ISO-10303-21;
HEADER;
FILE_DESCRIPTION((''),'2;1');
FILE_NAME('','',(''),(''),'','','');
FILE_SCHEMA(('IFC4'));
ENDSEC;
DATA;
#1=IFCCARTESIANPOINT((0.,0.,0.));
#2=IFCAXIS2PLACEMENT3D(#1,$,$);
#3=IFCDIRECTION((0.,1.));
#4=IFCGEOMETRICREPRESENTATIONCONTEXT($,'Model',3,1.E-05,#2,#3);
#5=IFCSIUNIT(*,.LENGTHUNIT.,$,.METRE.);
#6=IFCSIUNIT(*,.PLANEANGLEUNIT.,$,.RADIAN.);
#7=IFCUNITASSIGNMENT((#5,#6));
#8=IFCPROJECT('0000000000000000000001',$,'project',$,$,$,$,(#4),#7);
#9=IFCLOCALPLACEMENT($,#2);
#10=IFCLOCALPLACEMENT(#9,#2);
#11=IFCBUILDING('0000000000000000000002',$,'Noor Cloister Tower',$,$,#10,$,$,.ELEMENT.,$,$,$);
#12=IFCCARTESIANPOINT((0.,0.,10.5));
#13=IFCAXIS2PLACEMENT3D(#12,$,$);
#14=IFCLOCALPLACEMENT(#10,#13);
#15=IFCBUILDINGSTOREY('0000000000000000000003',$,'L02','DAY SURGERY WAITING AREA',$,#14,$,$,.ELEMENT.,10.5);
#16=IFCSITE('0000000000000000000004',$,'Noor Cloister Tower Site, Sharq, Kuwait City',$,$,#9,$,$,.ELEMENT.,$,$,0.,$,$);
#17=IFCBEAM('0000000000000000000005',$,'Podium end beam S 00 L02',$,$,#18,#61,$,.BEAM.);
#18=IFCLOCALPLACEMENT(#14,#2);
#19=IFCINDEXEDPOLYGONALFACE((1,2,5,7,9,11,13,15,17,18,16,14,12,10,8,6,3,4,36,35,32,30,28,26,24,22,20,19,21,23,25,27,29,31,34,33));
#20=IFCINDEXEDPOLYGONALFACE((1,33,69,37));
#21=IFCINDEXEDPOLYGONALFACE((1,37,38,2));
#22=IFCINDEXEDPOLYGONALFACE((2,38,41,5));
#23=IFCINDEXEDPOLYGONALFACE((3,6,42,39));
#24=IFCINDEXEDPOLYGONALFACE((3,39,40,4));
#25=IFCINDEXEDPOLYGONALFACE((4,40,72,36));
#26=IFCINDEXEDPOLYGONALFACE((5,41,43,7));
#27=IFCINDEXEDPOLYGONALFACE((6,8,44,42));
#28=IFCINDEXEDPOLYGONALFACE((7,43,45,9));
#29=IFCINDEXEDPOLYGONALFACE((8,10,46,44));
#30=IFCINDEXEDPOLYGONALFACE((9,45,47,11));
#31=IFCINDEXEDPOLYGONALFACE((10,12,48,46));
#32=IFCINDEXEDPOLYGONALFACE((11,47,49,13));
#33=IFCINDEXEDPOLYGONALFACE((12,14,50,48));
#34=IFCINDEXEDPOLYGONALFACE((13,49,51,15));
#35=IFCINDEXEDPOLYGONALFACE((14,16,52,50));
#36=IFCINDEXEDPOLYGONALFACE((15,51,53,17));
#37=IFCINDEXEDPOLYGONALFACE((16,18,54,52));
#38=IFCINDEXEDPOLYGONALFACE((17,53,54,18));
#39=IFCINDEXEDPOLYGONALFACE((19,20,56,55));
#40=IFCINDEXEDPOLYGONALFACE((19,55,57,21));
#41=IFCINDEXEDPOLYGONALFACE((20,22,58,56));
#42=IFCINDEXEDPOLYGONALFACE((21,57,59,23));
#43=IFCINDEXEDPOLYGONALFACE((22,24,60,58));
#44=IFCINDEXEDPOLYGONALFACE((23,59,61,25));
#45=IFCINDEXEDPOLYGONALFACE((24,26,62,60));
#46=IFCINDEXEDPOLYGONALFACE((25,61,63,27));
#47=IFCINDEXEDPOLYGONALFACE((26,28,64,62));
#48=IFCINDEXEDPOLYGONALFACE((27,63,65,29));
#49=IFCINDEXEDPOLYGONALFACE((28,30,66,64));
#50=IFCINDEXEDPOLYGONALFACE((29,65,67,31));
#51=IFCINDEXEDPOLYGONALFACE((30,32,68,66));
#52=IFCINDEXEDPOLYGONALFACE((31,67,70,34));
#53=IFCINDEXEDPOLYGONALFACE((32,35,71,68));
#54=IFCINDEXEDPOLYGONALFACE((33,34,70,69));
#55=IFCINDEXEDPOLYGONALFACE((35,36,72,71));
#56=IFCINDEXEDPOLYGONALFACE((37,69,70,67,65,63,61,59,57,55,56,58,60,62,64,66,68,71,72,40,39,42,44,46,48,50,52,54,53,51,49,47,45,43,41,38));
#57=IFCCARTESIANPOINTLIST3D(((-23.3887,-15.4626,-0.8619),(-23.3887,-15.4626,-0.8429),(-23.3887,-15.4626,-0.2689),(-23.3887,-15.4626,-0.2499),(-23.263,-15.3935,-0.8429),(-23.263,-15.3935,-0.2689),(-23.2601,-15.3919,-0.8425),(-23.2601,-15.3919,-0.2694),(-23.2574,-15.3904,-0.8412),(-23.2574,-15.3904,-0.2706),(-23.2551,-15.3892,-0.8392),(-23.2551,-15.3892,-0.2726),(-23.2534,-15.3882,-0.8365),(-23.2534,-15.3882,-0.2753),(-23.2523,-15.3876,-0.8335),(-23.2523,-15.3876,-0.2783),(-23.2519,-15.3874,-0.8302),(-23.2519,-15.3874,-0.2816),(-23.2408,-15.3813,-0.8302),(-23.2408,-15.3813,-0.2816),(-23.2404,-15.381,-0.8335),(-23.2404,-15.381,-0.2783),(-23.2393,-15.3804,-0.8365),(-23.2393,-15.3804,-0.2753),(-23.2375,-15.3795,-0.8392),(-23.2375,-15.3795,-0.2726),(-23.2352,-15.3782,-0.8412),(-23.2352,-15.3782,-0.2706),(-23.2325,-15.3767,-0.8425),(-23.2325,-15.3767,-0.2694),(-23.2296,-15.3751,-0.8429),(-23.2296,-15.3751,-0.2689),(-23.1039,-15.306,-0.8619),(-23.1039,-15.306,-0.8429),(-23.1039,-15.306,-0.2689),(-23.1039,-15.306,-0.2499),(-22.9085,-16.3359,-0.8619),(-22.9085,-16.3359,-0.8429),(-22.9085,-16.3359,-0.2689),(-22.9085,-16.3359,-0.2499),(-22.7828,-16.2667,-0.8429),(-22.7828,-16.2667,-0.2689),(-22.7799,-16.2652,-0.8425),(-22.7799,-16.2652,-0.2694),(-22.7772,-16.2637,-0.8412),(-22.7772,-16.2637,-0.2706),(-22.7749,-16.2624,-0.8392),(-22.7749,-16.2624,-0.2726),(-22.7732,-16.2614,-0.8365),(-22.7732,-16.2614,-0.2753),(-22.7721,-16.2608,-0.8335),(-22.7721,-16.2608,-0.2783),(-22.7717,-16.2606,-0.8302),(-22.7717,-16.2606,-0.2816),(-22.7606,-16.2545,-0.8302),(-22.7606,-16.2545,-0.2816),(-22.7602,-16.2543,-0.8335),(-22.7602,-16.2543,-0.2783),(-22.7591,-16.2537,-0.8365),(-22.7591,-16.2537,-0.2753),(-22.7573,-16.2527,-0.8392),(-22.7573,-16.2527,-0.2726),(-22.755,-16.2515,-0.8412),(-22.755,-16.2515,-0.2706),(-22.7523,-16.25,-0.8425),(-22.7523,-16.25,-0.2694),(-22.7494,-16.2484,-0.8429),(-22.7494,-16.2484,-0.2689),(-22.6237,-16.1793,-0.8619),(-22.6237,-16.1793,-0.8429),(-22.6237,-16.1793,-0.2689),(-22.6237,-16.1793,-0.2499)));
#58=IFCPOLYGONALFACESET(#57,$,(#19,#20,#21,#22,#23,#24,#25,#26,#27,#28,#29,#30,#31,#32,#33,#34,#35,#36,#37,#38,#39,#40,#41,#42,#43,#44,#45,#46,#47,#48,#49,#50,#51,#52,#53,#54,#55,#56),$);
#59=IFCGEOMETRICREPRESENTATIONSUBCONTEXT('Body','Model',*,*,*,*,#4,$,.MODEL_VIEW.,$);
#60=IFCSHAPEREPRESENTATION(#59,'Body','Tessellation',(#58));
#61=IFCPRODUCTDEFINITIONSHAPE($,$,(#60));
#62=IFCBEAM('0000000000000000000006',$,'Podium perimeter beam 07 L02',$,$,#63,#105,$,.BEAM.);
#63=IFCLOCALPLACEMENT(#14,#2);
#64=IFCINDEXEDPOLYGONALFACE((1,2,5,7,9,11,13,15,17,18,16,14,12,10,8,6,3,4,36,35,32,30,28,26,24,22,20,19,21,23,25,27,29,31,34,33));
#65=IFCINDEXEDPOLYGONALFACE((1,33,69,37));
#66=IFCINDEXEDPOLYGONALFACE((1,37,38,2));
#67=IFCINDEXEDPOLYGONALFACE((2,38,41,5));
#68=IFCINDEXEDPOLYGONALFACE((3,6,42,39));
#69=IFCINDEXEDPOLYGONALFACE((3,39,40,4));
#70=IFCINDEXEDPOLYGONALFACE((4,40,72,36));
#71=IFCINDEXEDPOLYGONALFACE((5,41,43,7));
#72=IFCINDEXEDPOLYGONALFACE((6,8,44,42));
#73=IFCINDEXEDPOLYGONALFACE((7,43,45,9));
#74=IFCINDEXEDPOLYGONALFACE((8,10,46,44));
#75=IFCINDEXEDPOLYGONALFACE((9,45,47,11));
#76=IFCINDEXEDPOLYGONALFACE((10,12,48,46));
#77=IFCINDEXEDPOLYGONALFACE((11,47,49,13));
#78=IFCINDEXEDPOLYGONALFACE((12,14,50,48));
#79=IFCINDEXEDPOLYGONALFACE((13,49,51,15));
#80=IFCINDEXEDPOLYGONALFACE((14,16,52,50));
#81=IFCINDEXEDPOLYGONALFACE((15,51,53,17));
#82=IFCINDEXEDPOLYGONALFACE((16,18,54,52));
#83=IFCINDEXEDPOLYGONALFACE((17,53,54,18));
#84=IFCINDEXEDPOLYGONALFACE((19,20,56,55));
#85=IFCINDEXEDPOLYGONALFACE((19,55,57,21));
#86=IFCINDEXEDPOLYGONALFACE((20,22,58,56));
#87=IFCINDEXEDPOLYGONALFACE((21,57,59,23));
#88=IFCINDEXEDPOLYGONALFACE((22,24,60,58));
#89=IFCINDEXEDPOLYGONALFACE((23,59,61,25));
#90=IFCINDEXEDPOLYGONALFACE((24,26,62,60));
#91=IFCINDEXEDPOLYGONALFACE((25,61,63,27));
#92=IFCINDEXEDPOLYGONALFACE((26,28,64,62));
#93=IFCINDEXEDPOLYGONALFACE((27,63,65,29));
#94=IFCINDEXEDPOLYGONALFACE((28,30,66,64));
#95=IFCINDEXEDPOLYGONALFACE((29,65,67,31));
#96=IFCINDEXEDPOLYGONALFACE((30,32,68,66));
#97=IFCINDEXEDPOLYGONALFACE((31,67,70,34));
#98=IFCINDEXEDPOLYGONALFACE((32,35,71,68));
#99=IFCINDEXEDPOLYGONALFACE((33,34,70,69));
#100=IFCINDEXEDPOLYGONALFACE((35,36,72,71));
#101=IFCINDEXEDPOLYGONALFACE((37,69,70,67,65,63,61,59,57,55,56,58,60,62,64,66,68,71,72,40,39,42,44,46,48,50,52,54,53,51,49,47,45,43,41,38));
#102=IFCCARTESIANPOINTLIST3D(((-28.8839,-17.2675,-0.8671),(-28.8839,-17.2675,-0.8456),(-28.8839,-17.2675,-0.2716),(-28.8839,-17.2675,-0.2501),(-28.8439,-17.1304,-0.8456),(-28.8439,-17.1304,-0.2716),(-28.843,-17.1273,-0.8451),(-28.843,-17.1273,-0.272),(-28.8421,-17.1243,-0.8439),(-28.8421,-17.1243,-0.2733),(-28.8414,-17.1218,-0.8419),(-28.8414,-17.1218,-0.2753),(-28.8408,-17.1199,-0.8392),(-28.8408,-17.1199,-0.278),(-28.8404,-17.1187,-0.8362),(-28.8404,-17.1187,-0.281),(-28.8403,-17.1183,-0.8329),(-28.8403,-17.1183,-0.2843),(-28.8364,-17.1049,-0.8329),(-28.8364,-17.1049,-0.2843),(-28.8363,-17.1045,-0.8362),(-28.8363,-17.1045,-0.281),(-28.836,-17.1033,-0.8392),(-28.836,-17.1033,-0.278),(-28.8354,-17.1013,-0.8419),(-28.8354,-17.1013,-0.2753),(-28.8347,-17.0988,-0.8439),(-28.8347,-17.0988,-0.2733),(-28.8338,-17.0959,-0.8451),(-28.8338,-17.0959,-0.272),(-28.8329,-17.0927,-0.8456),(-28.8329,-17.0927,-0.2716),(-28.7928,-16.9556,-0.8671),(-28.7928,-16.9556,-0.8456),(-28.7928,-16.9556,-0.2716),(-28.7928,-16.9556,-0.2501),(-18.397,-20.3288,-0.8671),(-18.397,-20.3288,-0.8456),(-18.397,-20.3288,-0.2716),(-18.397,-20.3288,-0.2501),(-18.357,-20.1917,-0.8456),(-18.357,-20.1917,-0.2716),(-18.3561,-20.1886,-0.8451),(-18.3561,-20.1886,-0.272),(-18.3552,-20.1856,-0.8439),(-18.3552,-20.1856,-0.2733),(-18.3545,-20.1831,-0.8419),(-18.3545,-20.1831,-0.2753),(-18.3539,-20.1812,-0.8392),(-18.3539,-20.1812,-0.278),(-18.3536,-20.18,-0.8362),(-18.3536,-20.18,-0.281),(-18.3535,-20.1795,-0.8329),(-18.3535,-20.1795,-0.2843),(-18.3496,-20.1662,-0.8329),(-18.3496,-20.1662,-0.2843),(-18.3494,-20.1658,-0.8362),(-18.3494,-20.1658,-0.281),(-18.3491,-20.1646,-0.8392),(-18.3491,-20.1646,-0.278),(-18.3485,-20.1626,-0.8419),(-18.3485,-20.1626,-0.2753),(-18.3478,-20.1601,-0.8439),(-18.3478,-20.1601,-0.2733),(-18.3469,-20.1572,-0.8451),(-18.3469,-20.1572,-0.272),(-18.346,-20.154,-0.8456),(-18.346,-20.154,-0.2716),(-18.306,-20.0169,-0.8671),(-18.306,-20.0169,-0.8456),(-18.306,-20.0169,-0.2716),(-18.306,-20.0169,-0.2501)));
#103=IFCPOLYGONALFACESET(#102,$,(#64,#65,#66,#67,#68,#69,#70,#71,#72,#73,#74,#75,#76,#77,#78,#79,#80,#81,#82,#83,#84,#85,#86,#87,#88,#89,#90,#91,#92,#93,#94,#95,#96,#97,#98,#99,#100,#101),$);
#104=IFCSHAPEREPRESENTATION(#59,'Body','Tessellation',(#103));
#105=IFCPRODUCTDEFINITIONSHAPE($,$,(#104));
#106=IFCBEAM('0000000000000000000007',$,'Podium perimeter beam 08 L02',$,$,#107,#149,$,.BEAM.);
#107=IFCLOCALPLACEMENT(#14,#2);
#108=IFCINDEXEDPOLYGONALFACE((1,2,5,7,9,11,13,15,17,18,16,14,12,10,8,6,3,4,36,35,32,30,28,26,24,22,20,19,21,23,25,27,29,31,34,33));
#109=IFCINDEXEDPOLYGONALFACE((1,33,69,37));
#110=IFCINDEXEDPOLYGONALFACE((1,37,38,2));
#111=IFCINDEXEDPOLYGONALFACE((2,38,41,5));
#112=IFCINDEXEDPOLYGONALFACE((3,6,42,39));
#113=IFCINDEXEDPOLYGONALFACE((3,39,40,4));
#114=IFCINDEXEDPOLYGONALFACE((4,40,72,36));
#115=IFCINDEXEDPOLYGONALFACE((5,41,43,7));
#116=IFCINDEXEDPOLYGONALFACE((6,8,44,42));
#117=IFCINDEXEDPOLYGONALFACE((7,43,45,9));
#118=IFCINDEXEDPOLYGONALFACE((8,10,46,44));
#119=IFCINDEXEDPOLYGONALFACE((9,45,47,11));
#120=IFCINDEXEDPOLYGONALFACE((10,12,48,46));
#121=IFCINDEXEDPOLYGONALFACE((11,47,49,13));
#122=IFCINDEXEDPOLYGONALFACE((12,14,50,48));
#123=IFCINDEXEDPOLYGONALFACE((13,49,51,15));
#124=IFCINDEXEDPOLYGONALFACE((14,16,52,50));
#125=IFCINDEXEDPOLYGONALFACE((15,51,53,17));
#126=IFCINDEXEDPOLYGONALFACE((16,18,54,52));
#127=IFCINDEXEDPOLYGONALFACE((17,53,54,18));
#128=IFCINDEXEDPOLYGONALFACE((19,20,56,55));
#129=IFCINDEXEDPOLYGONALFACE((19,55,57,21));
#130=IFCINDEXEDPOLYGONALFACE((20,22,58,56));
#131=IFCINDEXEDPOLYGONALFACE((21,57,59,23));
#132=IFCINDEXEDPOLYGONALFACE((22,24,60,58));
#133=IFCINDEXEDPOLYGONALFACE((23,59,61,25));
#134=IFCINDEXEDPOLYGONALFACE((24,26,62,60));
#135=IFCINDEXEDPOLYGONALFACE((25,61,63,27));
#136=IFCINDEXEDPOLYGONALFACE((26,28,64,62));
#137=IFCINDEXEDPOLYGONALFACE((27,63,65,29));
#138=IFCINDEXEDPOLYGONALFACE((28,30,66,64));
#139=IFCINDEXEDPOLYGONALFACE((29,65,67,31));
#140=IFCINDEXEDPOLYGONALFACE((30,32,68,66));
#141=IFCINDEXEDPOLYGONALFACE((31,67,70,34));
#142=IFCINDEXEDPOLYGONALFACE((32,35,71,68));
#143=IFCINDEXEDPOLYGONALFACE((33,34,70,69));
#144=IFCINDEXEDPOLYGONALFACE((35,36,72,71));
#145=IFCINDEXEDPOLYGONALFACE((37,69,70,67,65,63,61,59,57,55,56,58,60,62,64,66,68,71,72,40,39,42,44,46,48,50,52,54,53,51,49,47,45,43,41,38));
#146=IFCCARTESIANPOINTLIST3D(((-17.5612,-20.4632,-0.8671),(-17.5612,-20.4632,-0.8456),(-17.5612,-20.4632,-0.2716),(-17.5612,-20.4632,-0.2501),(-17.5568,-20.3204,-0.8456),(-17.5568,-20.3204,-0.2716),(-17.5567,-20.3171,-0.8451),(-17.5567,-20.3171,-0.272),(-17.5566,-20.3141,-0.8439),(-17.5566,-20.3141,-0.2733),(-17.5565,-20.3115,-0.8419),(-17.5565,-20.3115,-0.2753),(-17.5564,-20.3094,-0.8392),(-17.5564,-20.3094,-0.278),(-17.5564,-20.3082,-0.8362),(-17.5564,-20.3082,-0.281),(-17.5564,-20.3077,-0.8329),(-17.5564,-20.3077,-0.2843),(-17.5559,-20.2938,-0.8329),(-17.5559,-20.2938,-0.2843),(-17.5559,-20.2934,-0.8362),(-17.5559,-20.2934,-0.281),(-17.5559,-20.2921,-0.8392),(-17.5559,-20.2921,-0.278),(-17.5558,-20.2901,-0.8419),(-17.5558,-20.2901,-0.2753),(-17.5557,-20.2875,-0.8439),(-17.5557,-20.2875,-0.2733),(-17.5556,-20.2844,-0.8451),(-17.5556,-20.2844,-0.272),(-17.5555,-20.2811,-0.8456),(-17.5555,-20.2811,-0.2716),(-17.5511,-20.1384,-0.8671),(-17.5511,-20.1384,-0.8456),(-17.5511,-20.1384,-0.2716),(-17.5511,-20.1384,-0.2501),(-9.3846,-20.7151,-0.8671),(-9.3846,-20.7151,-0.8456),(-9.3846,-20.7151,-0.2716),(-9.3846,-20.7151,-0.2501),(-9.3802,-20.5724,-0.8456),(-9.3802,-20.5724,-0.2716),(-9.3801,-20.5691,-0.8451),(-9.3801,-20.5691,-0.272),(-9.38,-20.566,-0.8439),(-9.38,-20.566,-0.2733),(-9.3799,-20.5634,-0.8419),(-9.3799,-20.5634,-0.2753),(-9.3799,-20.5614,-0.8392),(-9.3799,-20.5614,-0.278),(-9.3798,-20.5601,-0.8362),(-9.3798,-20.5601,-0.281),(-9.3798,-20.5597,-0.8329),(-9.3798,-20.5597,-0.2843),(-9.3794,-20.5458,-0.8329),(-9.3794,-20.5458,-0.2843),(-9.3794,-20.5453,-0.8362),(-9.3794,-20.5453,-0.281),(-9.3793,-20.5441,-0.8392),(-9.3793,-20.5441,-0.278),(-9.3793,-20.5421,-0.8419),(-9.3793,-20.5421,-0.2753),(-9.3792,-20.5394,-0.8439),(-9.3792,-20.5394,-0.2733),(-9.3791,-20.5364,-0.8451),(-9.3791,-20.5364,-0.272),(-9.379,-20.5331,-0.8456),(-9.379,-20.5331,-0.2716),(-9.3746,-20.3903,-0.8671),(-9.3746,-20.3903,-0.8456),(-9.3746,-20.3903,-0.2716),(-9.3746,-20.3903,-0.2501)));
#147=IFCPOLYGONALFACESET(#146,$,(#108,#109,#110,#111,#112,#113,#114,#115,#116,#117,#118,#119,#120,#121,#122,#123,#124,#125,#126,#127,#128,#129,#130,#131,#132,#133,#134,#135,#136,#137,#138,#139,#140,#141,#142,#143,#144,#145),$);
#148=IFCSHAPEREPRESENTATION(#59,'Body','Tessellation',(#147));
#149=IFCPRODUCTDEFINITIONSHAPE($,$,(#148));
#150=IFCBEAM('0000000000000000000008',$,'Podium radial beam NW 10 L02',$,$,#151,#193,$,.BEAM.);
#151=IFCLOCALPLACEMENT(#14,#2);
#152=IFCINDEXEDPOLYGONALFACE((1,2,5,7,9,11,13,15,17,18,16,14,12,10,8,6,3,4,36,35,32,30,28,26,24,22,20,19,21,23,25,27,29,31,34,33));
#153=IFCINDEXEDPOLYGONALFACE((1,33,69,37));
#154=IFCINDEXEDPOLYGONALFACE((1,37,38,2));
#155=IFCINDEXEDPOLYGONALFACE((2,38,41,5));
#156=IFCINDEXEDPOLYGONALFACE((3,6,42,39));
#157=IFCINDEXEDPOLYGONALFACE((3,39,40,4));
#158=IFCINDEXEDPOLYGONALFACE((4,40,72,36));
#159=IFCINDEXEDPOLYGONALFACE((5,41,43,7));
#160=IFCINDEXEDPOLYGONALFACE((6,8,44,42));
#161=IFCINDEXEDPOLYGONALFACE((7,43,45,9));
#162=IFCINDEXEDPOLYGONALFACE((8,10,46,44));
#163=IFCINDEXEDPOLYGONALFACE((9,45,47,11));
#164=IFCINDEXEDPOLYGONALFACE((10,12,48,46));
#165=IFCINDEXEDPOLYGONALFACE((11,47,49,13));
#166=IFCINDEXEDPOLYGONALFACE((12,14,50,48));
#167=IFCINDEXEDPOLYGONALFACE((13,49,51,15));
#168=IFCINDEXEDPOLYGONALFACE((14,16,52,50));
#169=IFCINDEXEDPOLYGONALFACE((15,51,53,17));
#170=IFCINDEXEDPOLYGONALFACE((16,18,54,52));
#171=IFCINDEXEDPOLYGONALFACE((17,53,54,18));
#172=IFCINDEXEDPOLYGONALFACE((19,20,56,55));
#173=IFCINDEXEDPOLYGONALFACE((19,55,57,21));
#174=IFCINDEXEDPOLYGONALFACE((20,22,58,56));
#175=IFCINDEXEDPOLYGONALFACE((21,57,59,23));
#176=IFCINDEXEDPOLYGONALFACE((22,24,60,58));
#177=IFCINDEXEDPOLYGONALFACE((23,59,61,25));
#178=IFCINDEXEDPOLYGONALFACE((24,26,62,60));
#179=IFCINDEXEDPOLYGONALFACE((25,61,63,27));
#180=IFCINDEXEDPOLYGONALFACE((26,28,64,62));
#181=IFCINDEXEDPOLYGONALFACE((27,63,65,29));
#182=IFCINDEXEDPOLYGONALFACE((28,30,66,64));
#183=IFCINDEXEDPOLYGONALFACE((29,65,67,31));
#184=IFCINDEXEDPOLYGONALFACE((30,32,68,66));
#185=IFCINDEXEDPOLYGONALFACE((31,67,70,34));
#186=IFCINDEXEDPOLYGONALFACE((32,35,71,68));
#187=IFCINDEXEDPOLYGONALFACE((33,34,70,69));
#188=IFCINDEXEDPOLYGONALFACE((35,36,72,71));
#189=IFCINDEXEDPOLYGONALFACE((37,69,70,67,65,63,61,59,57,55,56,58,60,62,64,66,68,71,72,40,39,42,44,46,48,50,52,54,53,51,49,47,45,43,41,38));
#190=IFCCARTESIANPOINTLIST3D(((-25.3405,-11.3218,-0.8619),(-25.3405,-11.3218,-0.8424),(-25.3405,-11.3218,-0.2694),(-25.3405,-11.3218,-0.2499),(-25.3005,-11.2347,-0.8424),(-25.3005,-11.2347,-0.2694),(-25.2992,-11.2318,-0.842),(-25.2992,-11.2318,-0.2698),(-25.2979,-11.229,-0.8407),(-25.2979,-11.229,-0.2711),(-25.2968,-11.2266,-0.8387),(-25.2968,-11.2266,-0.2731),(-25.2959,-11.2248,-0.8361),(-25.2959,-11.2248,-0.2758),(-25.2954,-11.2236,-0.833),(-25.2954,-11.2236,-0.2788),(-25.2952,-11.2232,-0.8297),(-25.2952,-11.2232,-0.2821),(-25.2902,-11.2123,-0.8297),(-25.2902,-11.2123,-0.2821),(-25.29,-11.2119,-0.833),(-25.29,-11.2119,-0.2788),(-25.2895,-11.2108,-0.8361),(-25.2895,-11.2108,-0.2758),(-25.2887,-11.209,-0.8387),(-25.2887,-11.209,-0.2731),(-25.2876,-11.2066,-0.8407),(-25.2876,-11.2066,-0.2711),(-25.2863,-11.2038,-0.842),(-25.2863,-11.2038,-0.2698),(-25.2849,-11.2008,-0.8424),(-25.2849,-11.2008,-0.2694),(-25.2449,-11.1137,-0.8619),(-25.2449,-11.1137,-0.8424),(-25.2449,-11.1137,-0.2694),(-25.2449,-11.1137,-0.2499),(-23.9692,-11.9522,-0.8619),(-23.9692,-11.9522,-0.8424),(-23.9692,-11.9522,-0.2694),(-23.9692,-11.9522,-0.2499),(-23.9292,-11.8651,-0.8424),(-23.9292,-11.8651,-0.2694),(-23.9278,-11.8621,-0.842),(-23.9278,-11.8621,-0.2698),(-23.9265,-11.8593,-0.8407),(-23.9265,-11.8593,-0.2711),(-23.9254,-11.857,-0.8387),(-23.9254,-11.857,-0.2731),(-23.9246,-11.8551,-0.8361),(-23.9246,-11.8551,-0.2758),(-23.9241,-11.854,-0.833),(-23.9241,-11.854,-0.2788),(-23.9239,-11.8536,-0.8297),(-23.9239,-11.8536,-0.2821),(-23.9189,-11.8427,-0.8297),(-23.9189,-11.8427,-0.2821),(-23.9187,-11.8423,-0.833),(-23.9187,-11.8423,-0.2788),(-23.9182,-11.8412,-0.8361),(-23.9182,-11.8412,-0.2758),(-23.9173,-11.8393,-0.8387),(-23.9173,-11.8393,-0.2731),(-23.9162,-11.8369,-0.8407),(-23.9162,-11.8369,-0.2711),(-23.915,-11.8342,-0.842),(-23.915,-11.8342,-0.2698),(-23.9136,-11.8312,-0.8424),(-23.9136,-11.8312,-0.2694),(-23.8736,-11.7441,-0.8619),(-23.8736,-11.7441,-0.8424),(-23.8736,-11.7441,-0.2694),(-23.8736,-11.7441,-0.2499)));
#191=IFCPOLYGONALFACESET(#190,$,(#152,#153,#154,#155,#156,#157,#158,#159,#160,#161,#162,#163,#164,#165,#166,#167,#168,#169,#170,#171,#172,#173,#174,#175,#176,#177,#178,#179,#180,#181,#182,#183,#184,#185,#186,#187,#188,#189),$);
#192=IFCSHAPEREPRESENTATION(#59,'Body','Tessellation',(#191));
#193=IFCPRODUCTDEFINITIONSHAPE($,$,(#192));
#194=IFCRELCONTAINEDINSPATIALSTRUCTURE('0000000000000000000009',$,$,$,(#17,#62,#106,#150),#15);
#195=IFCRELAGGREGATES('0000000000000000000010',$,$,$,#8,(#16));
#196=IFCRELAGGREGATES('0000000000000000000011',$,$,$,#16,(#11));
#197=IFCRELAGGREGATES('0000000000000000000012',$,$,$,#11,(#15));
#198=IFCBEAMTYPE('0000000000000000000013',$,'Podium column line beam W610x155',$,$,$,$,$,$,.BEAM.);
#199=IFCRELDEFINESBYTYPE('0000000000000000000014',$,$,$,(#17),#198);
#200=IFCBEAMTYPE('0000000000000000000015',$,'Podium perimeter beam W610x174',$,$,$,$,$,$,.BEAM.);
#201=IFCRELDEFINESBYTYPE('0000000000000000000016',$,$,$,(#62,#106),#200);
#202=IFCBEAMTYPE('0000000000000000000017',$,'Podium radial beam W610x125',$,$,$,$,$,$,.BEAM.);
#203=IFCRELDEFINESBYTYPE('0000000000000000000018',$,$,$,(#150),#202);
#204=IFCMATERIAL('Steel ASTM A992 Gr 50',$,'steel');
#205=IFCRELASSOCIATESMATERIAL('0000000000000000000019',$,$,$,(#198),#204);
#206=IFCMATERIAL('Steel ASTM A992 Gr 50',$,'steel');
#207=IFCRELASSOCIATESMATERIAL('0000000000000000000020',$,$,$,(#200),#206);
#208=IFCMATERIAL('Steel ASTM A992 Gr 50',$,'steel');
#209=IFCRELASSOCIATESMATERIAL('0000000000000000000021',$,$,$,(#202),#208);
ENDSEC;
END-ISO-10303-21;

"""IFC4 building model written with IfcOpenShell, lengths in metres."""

from ifc_helpers import new_model, si_unit, direction, frame, origin, origin_2d, place, context, subcontext, project, spatial, i_section, extrude, material, material_profile, profile_set, type_object, element, save


model = new_model("IFC4")

# Units and contexts
model_context = context("Model", 3, precision=1e-05, world=origin(), true_north=direction((0.0, 1.0)))
body_context = subcontext(model_context, "Body", "Model", "MODEL_VIEW")
ifc_project = project(units=[si_unit("LENGTHUNIT", "METRE"), si_unit("PLANEANGLEUNIT", "RADIAN")], contexts=[model_context])

# Site, building, storey
site_placement = place(None, origin())
site = spatial("IfcSite", under=ifc_project, at=site_placement, Name="Noor Cloister Tower Site, Sharq, Kuwait City", CompositionType="ELEMENT", RefElevation=0.0)
building_placement = place(site_placement, origin())
building = spatial("IfcBuilding", under=site, at=building_placement, Name="Noor Cloister Tower", CompositionType="ELEMENT")
storey_placement = place(building_placement, frame((0.0, 0.0, 10.5)))
storey = spatial("IfcBuildingStorey", under=building, at=storey_placement, Name="L02", Description="DAY SURGERY WAITING AREA", CompositionType="ELEMENT", Elevation=10.5)

# Beams
ifc_material_1 = material(Name="Steel ASTM A992 Gr 50", Category="steel")
ifc_material_profile_1 = material_profile(ifc_material_1, i_section(OverallWidth=0.325, OverallDepth=0.6121, WebThickness=0.0127, FlangeThickness=0.019, FilletRadius=0.0127, at=origin_2d()), Name="W610x155")
ifc_profile_set_1 = profile_set([ifc_material_profile_1], Name="Steel ASTM A992 Gr 50")
beam_type_1 = type_object("IfcBeamType", Name="Podium column line beam W610x155", PredefinedType="BEAM", material=ifc_profile_set_1)
for number, where, z_axis, x_axis, name in (
    (1, (-22.7661, -16.2576, -0.5559), (-0.481853, 0.876252, 0.0), (-0.876252, -0.481853, 0.0), "Podium end beam S 00 L02"),
):
    element("IfcBeam", number, at=place(storey_placement, frame(where, z_axis=z_axis, x_axis=x_axis)), inside=storey, type_object=beam_type_1, Name=name, PredefinedType="BEAM", context=body_context, shape_type="SweptSolid", body=[
        extrude(i_section(OverallWidth=0.325, OverallDepth=0.6121, WebThickness=0.0127, FlangeThickness=0.019, FilletRadius=0.0127, at=origin_2d()), origin(), (0.0, 0.0, 1.0), 0.9966),
    ])
ifc_material_2 = material(Name="Steel ASTM A992 Gr 50", Category="steel")
ifc_material_profile_2 = material_profile(ifc_material_2, i_section(OverallWidth=0.325, OverallDepth=0.6169, WebThickness=0.0139, FlangeThickness=0.0215, FilletRadius=0.0127, at=origin_2d()), Name="W610x174")
ifc_profile_set_2 = profile_set([ifc_material_profile_2], Name="Steel ASTM A992 Gr 50")
beam_type_2 = type_object("IfcBeamType", Name="Podium perimeter beam W610x174", PredefinedType="BEAM", material=ifc_profile_set_2)
beam_1_placement = place(storey_placement, frame((-28.8384, -17.1116, -0.5586), z_axis=(0.959935, -0.280221, 0.0), x_axis=(0.280221, 0.959935, 0.0)))
element("IfcBeam", 2, at=beam_1_placement, inside=storey, type_object=beam_type_2, Name="Podium perimeter beam 07 L02", PredefinedType="BEAM", context=body_context, shape_type="SweptSolid", body=[
    extrude(i_section(OverallWidth=0.325, OverallDepth=0.6169, WebThickness=0.0139, FlangeThickness=0.0215, FilletRadius=0.0127, at=origin_2d()), origin(), (0.0, 0.0, 1.0), 10.9246),
])
beam_2_placement = place(storey_placement, frame((-17.5562, -20.3008, -0.5586), z_axis=(0.999526, -0.0308, 0.0), x_axis=(0.0308, 0.999526, 0.0)))
element("IfcBeam", 3, at=beam_2_placement, inside=storey, type_object=beam_type_2, Name="Podium perimeter beam 08 L02", PredefinedType="BEAM", context=body_context, shape_type="SweptSolid", body=[
    extrude(i_section(OverallWidth=0.325, OverallDepth=0.6169, WebThickness=0.0139, FlangeThickness=0.0215, FilletRadius=0.0127, at=origin_2d()), origin(), (0.0, 0.0, 1.0), 8.1804),
])
ifc_material_3 = material(Name="Steel ASTM A992 Gr 50", Category="steel")
ifc_material_profile_3 = material_profile(ifc_material_3, i_section(OverallWidth=0.229, OverallDepth=0.6121, WebThickness=0.012, FlangeThickness=0.0195, FilletRadius=0.0127, at=origin_2d()), Name="W610x125")
ifc_profile_set_3 = profile_set([ifc_material_profile_3], Name="Steel ASTM A992 Gr 50")
beam_type_3 = type_object("IfcBeamType", Name="Podium radial beam W610x125", PredefinedType="BEAM", material=ifc_profile_set_3)
for number, where, z_axis, x_axis, name in (
    (4, (-25.2927, -11.2178, -0.5559), (0.908602, -0.417663, 0.0), (0.417663, 0.908602, 0.0), "Podium radial beam NW 10 L02"),
):
    element("IfcBeam", number, at=place(storey_placement, frame(where, z_axis=z_axis, x_axis=x_axis)), inside=storey, type_object=beam_type_3, Name=name, PredefinedType="BEAM", context=body_context, shape_type="SweptSolid", body=[
        extrude(i_section(OverallWidth=0.229, OverallDepth=0.6121, WebThickness=0.012, FlangeThickness=0.0195, FilletRadius=0.0127, at=origin_2d()), origin(), (0.0, 0.0, 1.0), 1.5093),
    ])

save(model, "model.ifc")
